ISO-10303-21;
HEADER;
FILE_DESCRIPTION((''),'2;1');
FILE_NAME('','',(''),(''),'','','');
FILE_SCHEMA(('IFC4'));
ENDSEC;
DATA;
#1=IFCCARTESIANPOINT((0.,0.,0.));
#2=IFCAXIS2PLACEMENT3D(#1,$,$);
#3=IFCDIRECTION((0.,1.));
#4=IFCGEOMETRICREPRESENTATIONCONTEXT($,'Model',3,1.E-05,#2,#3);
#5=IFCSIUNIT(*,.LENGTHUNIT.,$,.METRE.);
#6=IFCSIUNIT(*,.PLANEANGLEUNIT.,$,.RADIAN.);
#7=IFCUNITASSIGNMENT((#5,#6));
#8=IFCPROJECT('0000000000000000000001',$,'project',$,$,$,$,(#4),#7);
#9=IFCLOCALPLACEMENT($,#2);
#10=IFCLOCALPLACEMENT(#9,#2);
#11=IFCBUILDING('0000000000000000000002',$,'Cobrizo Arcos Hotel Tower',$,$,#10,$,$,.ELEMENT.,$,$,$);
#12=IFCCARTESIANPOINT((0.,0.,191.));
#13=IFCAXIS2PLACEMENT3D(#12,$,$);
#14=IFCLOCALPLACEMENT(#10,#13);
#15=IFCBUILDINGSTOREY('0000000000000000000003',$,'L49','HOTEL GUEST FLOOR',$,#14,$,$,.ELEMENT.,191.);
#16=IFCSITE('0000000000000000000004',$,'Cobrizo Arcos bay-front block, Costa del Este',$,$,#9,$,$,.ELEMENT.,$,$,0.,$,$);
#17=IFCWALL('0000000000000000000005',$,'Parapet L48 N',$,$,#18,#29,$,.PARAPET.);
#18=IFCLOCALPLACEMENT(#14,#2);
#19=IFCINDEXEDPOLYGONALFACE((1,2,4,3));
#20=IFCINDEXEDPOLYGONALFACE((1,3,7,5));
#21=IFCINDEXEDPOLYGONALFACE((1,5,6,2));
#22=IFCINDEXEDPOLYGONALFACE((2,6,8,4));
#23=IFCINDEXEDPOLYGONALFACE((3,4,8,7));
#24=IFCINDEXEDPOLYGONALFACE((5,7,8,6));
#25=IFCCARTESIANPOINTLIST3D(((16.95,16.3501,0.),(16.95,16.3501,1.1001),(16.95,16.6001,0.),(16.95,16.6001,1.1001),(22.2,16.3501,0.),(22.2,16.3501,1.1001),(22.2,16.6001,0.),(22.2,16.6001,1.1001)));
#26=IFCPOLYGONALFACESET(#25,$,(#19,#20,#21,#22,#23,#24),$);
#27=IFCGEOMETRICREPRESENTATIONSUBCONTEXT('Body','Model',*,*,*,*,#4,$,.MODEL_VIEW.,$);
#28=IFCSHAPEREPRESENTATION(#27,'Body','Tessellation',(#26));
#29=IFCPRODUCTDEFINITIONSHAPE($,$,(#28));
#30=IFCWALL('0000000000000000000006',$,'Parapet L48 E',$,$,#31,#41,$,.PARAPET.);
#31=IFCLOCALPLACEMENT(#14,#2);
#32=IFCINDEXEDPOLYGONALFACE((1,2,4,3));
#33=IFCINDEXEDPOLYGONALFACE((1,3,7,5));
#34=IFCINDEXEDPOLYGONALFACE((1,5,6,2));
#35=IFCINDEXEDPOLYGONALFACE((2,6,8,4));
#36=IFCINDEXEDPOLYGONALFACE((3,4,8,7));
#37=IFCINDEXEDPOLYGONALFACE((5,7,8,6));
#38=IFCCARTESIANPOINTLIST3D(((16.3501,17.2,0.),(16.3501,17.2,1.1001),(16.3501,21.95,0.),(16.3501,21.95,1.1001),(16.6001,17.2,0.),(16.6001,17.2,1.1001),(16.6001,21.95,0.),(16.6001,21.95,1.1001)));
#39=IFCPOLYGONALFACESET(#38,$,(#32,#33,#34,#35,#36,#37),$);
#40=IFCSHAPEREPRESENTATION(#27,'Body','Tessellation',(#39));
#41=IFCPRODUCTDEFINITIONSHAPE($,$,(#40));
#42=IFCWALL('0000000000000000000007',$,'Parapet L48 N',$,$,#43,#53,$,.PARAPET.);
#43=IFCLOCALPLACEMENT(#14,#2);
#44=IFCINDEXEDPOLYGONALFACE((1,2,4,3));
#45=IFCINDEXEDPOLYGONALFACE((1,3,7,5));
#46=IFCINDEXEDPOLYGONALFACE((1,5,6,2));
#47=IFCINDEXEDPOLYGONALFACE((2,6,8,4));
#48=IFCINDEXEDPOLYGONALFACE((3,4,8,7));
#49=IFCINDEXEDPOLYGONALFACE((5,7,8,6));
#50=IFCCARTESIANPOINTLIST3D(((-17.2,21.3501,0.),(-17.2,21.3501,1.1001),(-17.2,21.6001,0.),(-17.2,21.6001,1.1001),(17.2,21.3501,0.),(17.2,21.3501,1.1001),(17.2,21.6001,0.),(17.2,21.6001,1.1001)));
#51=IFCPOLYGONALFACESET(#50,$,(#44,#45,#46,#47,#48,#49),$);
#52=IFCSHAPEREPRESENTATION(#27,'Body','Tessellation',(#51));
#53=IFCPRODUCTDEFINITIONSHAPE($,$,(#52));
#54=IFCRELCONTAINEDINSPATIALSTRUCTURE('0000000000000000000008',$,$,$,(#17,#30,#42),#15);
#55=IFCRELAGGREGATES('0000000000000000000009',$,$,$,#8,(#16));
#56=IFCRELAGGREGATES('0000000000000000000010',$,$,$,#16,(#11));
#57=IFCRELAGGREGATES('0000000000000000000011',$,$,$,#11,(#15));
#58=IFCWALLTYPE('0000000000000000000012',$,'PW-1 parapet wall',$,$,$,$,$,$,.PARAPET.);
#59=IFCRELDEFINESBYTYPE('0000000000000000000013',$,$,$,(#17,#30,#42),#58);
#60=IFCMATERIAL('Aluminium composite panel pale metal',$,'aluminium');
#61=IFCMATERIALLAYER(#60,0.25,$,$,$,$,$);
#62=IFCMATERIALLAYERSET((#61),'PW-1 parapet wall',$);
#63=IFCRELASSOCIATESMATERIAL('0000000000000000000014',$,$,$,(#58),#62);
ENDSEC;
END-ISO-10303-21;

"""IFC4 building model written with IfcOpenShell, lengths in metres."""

from ifc_helpers import new_model, si_unit, direction, frame, frame_2d, origin, place, context, subcontext, project, spatial, rectangle, extrude, material, layer, layer_set, type_object, element, save


model = new_model("IFC4")

# Units and contexts
model_context = context("Model", 3, precision=1e-05, world=origin(), true_north=direction((0.0, 1.0)))
body_context = subcontext(model_context, "Body", "Model", "MODEL_VIEW")
ifc_project = project(units=[si_unit("LENGTHUNIT", "METRE"), si_unit("PLANEANGLEUNIT", "RADIAN")], contexts=[model_context])

# Site, building, storey
site_placement = place(None, origin())
site = spatial("IfcSite", under=ifc_project, at=site_placement, Name="Cobrizo Arcos bay-front block, Costa del Este", CompositionType="ELEMENT", RefElevation=0.0)
building_placement = place(site_placement, origin())
building = spatial("IfcBuilding", under=site, at=building_placement, Name="Cobrizo Arcos Hotel Tower", CompositionType="ELEMENT")
storey_placement = place(building_placement, frame((0.0, 0.0, 191.0)))
storey = spatial("IfcBuildingStorey", under=building, at=storey_placement, Name="L49", Description="HOTEL GUEST FLOOR", CompositionType="ELEMENT", Elevation=191.0)

# Shared definitions
ifc_material_1 = material(Name="Aluminium composite panel pale metal", Category="aluminium")

# Walls
ifc_layer_1 = layer(ifc_material_1, 0.25)
ifc_layer_set_1 = layer_set([ifc_layer_1], Name="PW-1 parapet wall")
wall_type = type_object("IfcWallType", Name="PW-1 parapet wall", PredefinedType="PARAPET", material=ifc_layer_set_1)
wall_1_placement = place(storey_placement, frame((22.2, 16.4751, 0.0), z_axis=(0.0, 0.0, 1.0), x_axis=(-1.0, 0.0, 0.0)))
element("IfcWall", 1, at=wall_1_placement, inside=storey, type_object=wall_type, Name="Parapet L48 N", PredefinedType="PARAPET", context=body_context, shape_type="SweptSolid", body=[
    extrude(rectangle(XDim=5.25, YDim=0.25, at=frame_2d((2.625, 0.0))), origin(), (0.0, 0.0, 1.0), 1.1001),
])
wall_2_placement = place(storey_placement, frame((16.4751, 17.2, 0.0), z_axis=(0.0, 0.0, 1.0), x_axis=(0.0, 1.0, 0.0)))
element("IfcWall", 2, at=wall_2_placement, inside=storey, type_object=wall_type, Name="Parapet L48 E", PredefinedType="PARAPET", context=body_context, shape_type="SweptSolid", body=[
    extrude(rectangle(XDim=4.75, YDim=0.25, at=frame_2d((2.375, 0.0))), origin(), (0.0, 0.0, 1.0), 1.1001),
])
wall_3_placement = place(storey_placement, frame((17.2, 21.4751, 0.0), z_axis=(0.0, 0.0, 1.0), x_axis=(-1.0, 0.0, 0.0)))
element("IfcWall", 3, at=wall_3_placement, inside=storey, type_object=wall_type, Name="Parapet L48 N", PredefinedType="PARAPET", context=body_context, shape_type="SweptSolid", body=[
    extrude(rectangle(XDim=34.3999, YDim=0.25, at=frame_2d((17.2, 0.0))), origin(), (0.0, 0.0, 1.0), 1.1001),
])

save(model, "model.ifc")
